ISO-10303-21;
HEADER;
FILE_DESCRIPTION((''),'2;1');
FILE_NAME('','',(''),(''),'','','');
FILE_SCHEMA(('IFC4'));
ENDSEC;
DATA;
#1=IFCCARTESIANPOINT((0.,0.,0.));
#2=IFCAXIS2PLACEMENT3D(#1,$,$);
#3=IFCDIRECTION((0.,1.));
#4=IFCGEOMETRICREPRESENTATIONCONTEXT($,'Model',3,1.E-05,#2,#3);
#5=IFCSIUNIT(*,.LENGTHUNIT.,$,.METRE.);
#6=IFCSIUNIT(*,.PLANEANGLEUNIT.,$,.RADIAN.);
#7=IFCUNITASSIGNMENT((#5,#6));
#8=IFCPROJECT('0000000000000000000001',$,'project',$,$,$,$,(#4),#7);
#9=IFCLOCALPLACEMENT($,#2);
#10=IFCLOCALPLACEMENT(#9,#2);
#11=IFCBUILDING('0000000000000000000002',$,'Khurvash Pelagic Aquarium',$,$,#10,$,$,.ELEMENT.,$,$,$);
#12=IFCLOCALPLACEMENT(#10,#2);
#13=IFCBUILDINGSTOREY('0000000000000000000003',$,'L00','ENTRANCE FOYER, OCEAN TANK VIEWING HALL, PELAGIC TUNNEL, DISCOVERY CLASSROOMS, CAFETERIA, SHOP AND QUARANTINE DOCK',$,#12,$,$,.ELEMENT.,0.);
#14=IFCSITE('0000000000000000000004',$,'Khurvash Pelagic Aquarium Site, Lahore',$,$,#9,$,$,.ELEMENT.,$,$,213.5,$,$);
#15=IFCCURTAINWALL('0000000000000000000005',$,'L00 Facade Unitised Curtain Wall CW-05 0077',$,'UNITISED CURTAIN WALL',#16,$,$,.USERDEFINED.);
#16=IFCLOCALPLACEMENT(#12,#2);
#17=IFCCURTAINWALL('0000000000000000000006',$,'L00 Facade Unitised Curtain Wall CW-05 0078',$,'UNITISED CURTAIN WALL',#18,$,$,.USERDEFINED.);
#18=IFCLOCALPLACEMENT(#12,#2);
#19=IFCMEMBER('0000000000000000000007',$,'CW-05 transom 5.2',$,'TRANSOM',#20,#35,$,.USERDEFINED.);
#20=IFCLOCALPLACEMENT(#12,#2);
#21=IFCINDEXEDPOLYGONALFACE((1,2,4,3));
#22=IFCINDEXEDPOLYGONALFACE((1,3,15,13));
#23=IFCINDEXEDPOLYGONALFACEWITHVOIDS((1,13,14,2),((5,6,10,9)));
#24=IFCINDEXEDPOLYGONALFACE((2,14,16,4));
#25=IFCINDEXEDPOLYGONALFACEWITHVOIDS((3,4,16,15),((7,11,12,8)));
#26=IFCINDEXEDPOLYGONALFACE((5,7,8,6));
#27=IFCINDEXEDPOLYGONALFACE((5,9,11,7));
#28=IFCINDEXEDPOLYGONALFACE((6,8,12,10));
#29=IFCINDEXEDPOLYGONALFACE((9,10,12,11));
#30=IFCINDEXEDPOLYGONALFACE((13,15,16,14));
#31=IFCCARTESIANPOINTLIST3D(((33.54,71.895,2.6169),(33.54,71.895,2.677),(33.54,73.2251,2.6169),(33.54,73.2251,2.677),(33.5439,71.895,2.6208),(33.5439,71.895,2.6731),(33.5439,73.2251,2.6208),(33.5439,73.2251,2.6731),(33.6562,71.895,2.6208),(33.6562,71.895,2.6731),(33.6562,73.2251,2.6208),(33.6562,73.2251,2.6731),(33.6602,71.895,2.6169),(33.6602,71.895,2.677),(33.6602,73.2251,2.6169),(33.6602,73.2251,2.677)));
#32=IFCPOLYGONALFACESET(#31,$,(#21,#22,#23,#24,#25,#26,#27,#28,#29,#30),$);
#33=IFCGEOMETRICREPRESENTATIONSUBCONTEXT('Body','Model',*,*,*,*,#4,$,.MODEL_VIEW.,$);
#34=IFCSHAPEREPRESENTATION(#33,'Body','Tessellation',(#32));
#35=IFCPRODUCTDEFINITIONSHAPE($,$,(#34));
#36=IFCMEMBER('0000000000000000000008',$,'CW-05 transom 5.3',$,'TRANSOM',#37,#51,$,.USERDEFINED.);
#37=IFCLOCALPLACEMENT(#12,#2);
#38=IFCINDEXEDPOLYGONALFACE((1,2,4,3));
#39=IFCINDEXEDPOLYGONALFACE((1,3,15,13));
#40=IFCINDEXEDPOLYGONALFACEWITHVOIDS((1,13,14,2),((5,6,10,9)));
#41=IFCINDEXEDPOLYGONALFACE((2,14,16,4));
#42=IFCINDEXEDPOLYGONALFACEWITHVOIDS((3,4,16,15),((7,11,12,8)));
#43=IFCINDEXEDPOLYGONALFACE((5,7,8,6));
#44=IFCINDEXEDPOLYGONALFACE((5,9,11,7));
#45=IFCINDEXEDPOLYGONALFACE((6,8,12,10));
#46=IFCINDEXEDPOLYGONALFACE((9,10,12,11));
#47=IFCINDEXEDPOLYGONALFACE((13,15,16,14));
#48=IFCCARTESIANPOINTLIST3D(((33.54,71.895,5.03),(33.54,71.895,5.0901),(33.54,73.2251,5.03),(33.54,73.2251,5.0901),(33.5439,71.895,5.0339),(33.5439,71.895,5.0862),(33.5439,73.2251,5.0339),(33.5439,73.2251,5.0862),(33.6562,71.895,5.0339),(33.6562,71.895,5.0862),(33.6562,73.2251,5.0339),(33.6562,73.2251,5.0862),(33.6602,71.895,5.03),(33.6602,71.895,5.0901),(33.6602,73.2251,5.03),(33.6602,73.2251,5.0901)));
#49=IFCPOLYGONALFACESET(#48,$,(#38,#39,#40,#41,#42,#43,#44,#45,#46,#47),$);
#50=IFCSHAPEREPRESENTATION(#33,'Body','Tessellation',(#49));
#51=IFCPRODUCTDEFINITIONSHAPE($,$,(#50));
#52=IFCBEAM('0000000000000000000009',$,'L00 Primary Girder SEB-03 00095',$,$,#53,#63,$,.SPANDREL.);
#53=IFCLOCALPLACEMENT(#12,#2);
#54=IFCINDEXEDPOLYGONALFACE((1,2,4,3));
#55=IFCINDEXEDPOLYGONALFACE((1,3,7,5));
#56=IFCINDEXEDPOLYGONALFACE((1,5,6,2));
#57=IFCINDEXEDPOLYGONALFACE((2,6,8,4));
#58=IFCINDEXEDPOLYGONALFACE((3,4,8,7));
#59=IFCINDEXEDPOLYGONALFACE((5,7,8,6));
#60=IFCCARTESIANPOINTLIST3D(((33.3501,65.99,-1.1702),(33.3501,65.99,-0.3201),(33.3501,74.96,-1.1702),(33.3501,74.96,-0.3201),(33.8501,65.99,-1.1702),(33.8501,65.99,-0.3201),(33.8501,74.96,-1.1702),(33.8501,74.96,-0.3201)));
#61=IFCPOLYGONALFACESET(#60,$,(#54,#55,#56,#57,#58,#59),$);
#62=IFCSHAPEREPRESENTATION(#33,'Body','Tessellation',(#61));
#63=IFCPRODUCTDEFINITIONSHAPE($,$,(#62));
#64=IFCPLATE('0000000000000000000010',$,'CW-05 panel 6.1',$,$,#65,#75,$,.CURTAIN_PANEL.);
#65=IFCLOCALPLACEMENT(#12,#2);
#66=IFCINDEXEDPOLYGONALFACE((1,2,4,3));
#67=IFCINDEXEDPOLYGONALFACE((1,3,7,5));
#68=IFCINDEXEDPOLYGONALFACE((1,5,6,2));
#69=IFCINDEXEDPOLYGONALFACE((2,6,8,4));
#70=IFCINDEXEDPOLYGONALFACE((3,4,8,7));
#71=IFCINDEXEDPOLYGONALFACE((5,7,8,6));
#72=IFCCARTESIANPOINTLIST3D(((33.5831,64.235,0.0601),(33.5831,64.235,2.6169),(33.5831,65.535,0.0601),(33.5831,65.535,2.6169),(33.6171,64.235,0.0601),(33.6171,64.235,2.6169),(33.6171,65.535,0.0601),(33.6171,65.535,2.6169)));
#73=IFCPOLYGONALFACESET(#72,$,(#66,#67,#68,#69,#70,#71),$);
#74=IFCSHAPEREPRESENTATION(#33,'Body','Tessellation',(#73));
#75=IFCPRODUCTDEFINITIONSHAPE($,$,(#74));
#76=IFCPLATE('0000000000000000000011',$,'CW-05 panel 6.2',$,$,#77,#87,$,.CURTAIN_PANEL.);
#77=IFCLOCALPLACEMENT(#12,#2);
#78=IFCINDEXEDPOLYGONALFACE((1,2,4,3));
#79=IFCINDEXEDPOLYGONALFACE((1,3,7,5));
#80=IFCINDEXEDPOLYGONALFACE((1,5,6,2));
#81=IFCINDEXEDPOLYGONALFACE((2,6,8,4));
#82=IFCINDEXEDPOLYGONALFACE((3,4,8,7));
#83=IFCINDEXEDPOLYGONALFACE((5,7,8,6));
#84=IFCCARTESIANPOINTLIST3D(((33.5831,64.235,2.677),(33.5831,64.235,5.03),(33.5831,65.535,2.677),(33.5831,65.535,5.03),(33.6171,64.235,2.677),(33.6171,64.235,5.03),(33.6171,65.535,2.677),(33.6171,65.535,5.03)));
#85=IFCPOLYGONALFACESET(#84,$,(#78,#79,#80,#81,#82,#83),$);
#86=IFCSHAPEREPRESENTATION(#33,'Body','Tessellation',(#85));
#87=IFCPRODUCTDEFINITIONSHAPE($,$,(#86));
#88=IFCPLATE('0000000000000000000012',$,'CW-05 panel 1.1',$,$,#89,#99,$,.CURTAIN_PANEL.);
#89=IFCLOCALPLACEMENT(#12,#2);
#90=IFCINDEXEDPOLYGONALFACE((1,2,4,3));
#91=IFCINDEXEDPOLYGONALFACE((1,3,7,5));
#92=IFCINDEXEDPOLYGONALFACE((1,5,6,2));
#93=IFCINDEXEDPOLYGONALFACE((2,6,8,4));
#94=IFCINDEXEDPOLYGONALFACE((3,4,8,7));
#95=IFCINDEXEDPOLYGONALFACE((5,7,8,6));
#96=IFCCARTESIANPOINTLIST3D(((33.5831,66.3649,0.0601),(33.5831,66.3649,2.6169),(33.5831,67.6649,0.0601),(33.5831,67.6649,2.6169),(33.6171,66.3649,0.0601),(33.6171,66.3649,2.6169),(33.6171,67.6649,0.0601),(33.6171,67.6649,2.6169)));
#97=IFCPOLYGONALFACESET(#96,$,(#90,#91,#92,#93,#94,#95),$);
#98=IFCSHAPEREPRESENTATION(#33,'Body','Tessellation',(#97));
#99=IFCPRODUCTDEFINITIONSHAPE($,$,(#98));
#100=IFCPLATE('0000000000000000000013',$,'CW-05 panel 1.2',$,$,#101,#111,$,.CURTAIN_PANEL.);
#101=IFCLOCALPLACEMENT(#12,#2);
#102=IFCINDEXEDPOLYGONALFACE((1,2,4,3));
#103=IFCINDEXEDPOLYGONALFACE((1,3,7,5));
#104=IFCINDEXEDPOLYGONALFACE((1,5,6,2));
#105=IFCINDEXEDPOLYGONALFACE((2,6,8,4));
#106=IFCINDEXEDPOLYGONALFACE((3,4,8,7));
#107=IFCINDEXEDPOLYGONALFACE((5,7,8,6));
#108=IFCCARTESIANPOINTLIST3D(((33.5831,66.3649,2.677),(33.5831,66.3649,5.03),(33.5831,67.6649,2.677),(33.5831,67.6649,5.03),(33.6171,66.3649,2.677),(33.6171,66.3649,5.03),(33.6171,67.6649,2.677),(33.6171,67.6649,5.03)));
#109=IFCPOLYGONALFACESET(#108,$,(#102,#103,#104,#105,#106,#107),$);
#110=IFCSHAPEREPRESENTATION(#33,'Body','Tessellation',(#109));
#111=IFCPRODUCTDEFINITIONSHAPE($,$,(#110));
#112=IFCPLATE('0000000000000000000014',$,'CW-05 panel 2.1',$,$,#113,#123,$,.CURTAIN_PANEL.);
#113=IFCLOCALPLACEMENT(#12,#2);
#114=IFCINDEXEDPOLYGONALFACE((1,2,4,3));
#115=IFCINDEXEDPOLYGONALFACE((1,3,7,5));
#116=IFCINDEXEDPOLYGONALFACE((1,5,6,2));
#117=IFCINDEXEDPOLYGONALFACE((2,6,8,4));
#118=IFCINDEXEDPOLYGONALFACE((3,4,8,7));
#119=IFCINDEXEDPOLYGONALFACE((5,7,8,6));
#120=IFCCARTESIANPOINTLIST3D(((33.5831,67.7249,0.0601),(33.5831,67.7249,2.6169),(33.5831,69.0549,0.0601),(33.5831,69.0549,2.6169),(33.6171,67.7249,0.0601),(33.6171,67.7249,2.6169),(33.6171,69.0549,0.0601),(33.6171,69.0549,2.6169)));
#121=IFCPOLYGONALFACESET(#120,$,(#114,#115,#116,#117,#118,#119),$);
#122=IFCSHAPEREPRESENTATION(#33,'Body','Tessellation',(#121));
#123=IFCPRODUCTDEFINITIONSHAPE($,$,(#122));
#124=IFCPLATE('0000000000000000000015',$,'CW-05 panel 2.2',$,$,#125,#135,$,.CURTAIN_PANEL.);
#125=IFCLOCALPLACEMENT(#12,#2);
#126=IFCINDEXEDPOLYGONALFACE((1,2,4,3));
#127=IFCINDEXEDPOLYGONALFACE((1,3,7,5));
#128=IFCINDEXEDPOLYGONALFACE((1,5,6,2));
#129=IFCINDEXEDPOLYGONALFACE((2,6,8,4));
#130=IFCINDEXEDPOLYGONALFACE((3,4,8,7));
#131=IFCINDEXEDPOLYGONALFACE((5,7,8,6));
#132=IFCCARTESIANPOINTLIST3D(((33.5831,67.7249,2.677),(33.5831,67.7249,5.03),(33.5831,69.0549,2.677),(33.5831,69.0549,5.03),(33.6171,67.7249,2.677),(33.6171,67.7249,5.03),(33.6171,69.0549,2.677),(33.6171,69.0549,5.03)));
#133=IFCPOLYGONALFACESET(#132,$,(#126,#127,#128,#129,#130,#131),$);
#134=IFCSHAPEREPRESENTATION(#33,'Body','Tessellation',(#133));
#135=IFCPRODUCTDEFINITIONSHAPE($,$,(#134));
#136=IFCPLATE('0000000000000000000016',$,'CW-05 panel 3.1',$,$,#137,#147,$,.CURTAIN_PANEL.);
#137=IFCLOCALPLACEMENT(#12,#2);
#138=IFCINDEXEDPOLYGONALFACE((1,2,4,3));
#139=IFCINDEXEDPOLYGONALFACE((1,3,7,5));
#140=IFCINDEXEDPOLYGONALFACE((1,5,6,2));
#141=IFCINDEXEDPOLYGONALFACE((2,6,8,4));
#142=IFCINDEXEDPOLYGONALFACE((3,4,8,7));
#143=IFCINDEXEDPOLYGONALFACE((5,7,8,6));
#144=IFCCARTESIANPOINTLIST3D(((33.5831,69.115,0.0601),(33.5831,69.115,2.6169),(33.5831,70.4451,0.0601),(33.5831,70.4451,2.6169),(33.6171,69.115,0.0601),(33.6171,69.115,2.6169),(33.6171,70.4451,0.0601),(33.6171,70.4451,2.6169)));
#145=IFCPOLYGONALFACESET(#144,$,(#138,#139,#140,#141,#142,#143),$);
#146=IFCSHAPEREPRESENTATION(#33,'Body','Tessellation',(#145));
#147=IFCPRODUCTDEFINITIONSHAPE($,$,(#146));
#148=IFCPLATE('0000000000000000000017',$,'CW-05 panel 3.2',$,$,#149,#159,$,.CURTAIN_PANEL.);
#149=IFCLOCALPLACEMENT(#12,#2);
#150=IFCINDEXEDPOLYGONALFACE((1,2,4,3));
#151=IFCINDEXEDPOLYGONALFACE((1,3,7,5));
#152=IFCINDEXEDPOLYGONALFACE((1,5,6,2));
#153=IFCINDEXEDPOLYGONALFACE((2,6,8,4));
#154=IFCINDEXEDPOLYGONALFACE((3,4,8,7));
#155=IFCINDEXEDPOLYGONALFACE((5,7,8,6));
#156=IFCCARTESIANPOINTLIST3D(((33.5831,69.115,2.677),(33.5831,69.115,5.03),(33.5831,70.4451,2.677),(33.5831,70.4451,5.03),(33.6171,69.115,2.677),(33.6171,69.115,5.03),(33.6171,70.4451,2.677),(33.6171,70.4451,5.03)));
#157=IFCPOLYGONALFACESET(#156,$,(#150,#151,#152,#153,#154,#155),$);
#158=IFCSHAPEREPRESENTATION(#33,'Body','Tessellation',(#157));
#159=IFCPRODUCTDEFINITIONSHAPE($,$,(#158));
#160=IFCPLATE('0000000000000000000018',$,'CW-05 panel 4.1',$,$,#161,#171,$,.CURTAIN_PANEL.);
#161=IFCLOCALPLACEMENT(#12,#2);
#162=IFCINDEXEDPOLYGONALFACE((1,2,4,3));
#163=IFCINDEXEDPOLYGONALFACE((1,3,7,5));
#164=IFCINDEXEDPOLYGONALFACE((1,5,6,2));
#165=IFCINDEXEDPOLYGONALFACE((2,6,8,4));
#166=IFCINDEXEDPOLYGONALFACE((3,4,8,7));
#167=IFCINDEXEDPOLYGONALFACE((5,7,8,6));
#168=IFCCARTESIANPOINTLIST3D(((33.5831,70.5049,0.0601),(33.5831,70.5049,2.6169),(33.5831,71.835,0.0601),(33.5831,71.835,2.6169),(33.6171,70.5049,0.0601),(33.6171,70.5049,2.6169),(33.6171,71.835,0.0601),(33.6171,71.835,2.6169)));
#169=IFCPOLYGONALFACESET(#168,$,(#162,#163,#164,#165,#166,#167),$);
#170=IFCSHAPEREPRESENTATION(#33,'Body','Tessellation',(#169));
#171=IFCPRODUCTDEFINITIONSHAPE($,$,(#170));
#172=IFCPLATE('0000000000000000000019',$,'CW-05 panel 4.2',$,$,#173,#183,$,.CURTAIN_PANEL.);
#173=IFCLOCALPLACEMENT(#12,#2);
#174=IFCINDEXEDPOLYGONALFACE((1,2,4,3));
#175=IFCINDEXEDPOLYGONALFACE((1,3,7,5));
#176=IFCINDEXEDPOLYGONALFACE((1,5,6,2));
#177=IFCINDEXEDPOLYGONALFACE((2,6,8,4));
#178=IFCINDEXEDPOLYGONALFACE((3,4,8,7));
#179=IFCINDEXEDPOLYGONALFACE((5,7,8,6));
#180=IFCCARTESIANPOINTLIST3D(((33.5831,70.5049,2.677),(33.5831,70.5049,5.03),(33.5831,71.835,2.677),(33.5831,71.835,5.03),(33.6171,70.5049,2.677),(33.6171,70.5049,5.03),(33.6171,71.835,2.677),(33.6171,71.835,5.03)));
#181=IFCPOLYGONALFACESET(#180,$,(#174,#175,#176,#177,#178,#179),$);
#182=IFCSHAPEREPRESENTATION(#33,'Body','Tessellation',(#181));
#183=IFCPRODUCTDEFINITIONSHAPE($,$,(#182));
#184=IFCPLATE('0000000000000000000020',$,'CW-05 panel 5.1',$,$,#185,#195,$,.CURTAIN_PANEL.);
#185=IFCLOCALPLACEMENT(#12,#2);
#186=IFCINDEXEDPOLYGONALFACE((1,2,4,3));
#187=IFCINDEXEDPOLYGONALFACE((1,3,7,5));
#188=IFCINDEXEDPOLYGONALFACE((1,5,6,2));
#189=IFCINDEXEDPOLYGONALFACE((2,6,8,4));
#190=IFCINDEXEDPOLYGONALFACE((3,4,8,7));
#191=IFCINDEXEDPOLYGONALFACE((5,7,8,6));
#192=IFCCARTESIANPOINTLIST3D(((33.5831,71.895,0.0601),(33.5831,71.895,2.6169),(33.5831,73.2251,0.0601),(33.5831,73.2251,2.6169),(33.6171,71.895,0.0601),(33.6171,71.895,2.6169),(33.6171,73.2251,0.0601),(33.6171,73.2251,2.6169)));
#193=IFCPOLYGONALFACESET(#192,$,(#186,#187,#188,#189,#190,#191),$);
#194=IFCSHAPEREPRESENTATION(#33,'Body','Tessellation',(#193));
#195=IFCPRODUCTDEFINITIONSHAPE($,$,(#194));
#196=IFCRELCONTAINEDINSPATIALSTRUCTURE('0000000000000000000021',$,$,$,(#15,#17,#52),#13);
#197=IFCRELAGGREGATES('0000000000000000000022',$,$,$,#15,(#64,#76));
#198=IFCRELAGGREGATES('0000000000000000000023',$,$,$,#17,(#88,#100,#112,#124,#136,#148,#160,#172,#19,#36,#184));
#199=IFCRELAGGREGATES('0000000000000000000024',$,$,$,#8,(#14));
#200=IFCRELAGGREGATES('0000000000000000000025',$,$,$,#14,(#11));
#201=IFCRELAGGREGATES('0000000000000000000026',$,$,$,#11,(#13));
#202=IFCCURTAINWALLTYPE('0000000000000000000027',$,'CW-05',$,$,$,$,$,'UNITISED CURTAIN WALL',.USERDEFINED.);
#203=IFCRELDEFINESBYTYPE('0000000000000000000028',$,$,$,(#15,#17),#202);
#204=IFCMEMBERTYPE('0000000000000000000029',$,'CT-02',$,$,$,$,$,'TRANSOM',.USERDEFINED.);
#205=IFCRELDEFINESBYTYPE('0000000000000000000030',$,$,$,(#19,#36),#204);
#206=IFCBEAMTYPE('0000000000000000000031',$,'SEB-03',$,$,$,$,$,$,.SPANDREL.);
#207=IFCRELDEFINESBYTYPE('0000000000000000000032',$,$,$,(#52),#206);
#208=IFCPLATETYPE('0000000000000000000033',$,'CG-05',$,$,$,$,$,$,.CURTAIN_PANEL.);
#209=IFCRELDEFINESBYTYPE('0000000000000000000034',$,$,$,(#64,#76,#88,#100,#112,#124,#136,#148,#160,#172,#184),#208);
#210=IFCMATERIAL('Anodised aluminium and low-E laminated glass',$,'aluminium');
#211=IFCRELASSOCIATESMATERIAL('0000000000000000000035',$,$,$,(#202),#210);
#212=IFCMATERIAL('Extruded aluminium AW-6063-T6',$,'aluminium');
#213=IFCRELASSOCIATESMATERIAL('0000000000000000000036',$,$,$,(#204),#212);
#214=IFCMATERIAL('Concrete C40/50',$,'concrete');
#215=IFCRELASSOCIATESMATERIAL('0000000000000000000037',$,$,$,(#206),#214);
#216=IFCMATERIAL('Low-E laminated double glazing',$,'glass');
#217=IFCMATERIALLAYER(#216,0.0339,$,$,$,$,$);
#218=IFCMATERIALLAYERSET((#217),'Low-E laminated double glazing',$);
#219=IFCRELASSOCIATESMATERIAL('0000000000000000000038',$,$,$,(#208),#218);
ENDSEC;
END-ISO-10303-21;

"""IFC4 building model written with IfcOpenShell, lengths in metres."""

from ifc_helpers import new_model, si_unit, direction, frame, origin, origin_2d, place, context, subcontext, project, spatial, rectangle, hollow_rectangle, extrude, material, layer, layer_set, material_profile, profile_set, type_object, element, aggregate, save


model = new_model("IFC4")

# Units and contexts
model_context = context("Model", 3, precision=1e-05, world=origin(), true_north=direction((0.0, 1.0)))
body_context = subcontext(model_context, "Body", "Model", "MODEL_VIEW")
ifc_project = project(units=[si_unit("LENGTHUNIT", "METRE"), si_unit("PLANEANGLEUNIT", "RADIAN")], contexts=[model_context])

# Site, building, storey
site_placement = place(None, origin())
site = spatial("IfcSite", under=ifc_project, at=site_placement, Name="Khurvash Pelagic Aquarium Site, Lahore", CompositionType="ELEMENT", RefElevation=213.5)
building_placement = place(site_placement, origin())
building = spatial("IfcBuilding", under=site, at=building_placement, Name="Khurvash Pelagic Aquarium", CompositionType="ELEMENT")
storey_placement = place(building_placement, origin())
storey = spatial("IfcBuildingStorey", under=building, at=storey_placement, Name="L00", Description="ENTRANCE FOYER, OCEAN TANK VIEWING HALL, PELAGIC TUNNEL, DISCOVERY CLASSROOMS, CAFETERIA, SHOP AND QUARANTINE DOCK", CompositionType="ELEMENT", Elevation=0.0)

# Shared definitions
ifc_material_1 = material(Name="Concrete C40/50", Category="concrete")

# Curtain wall
ifc_material_2 = material(Name="Anodised aluminium and low-E laminated glass", Category="aluminium")
curtain_wall_type = type_object("IfcCurtainWallType", Name="CW-05", ElementType="UNITISED CURTAIN WALL", PredefinedType="USERDEFINED", material=ifc_material_2)
curtain_wall_1_placement = place(storey_placement, origin())
curtain_wall_1 = element("IfcCurtainWall", 1, at=curtain_wall_1_placement, inside=storey, type_object=curtain_wall_type, Name="L00 Facade Unitised Curtain Wall CW-05 0077", ObjectType="UNITISED CURTAIN WALL", PredefinedType="USERDEFINED")
ifc_material_3 = material(Name="Extruded aluminium AW-6063-T6", Category="aluminium")

# Curtain wall
curtain_wall_2_placement = place(storey_placement, origin())
curtain_wall_2 = element("IfcCurtainWall", 2, at=curtain_wall_2_placement, inside=storey, type_object=curtain_wall_type, Name="L00 Facade Unitised Curtain Wall CW-05 0078", ObjectType="UNITISED CURTAIN WALL", PredefinedType="USERDEFINED")

# Members
ifc_material_profile_1 = material_profile(ifc_material_3, hollow_rectangle(XDim=0.1201, YDim=0.0601, WallThickness=0.0039, at=origin_2d()), Name="CWT120X60X4")
ifc_profile_set_1 = profile_set([ifc_material_profile_1], Name="Extruded aluminium AW-6063-T6")
member_type_1 = type_object("IfcMemberType", Name="CT-02", ElementType="TRANSOM", PredefinedType="USERDEFINED", material=ifc_profile_set_1)
member_1_placement = place(storey_placement, frame((33.6001, 71.895, 2.647), z_axis=(0.0, 1.0, 0.0), x_axis=(-1.0, 0.0, 0.0)))
member_1 = element("IfcMember", 3, at=member_1_placement, type_object=member_type_1, Name="CW-05 transom 5.2", ObjectType="TRANSOM", PredefinedType="USERDEFINED", context=body_context, shape_type="SweptSolid", body=[
    extrude(hollow_rectangle(XDim=0.1201, YDim=0.0601, WallThickness=0.0039, at=origin_2d()), origin(), (0.0, 0.0, 1.0), 1.3301),
])
member_2_placement = place(storey_placement, frame((33.6001, 71.895, 5.0601), z_axis=(0.0, 1.0, 0.0), x_axis=(-1.0, 0.0, 0.0)))
member_2 = element("IfcMember", 4, at=member_2_placement, type_object=member_type_1, Name="CW-05 transom 5.3", ObjectType="TRANSOM", PredefinedType="USERDEFINED", context=body_context, shape_type="SweptSolid", body=[
    extrude(hollow_rectangle(XDim=0.1201, YDim=0.0601, WallThickness=0.0039, at=origin_2d()), origin(), (0.0, 0.0, 1.0), 1.3301),
])

# Beam
ifc_material_profile_2 = material_profile(ifc_material_1, rectangle(XDim=0.5, YDim=0.8501, at=origin_2d()), Name="RC500X850")
ifc_profile_set_2 = profile_set([ifc_material_profile_2], Name="Concrete C40/50")
beam_type = type_object("IfcBeamType", Name="SEB-03", PredefinedType="SPANDREL", material=ifc_profile_set_2)
beam_placement = place(storey_placement, frame((33.6001, 65.99, -0.7451), z_axis=(0.0, 1.0, 0.0), x_axis=(-1.0, 0.0, 0.0)))
element("IfcBeam", 5, at=beam_placement, inside=storey, type_object=beam_type, Name="L00 Primary Girder SEB-03 00095", PredefinedType="SPANDREL", context=body_context, shape_type="SweptSolid", body=[
    extrude(rectangle(XDim=0.5, YDim=0.8501, at=origin_2d()), origin(), (0.0, 0.0, 1.0), 8.97),
])

# Plates
ifc_material_4 = material(Name="Low-E laminated double glazing", Category="glass")
ifc_layer = layer(ifc_material_4, 0.0339)
ifc_layer_set = layer_set([ifc_layer], Name="Low-E laminated double glazing")
plate_type = type_object("IfcPlateType", Name="CG-05", PredefinedType="CURTAIN_PANEL", material=ifc_layer_set)
plate_1_placement = place(storey_placement, frame((33.6001, 64.885, 0.0601), z_axis=(0.0, 0.0, 1.0), x_axis=(0.0, 1.0, 0.0)))
plate_1 = element("IfcPlate", 6, at=plate_1_placement, type_object=plate_type, Name="CW-05 panel 6.1", PredefinedType="CURTAIN_PANEL", context=body_context, shape_type="SweptSolid", body=[
    extrude(rectangle(XDim=1.3, YDim=0.0339, at=origin_2d()), origin(), (0.0, 0.0, 1.0), 2.5569),
])
plate_2_placement = place(storey_placement, frame((33.6001, 64.885, 2.677), z_axis=(0.0, 0.0, 1.0), x_axis=(0.0, 1.0, 0.0)))
plate_2 = element("IfcPlate", 7, at=plate_2_placement, type_object=plate_type, Name="CW-05 panel 6.2", PredefinedType="CURTAIN_PANEL", context=body_context, shape_type="SweptSolid", body=[
    extrude(rectangle(XDim=1.3, YDim=0.0339, at=origin_2d()), origin(), (0.0, 0.0, 1.0), 2.353),
])
aggregate(curtain_wall_1, [plate_1, plate_2])
plate_3_placement = place(storey_placement, frame((33.6001, 67.0149, 0.0601), z_axis=(0.0, 0.0, 1.0), x_axis=(0.0, 1.0, 0.0)))
plate_3 = element("IfcPlate", 8, at=plate_3_placement, type_object=plate_type, Name="CW-05 panel 1.1", PredefinedType="CURTAIN_PANEL", context=body_context, shape_type="SweptSolid", body=[
    extrude(rectangle(XDim=1.3, YDim=0.0339, at=origin_2d()), origin(), (0.0, 0.0, 1.0), 2.5569),
])
plate_4_placement = place(storey_placement, frame((33.6001, 67.0149, 2.677), z_axis=(0.0, 0.0, 1.0), x_axis=(0.0, 1.0, 0.0)))
plate_4 = element("IfcPlate", 9, at=plate_4_placement, type_object=plate_type, Name="CW-05 panel 1.2", PredefinedType="CURTAIN_PANEL", context=body_context, shape_type="SweptSolid", body=[
    extrude(rectangle(XDim=1.3, YDim=0.0339, at=origin_2d()), origin(), (0.0, 0.0, 1.0), 2.353),
])
plate_5_placement = place(storey_placement, frame((33.6001, 68.3899, 0.0601), z_axis=(0.0, 0.0, 1.0), x_axis=(0.0, 1.0, 0.0)))
plate_5 = element("IfcPlate", 10, at=plate_5_placement, type_object=plate_type, Name="CW-05 panel 2.1", PredefinedType="CURTAIN_PANEL", context=body_context, shape_type="SweptSolid", body=[
    extrude(rectangle(XDim=1.3301, YDim=0.0339, at=origin_2d()), origin(), (0.0, 0.0, 1.0), 2.5569),
])
plate_6_placement = place(storey_placement, frame((33.6001, 68.3899, 2.677), z_axis=(0.0, 0.0, 1.0), x_axis=(0.0, 1.0, 0.0)))
plate_6 = element("IfcPlate", 11, at=plate_6_placement, type_object=plate_type, Name="CW-05 panel 2.2", PredefinedType="CURTAIN_PANEL", context=body_context, shape_type="SweptSolid", body=[
    extrude(rectangle(XDim=1.3301, YDim=0.0339, at=origin_2d()), origin(), (0.0, 0.0, 1.0), 2.353),
])
plate_7_placement = place(storey_placement, frame((33.6001, 69.78, 0.0601), z_axis=(0.0, 0.0, 1.0), x_axis=(0.0, 1.0, 0.0)))
plate_7 = element("IfcPlate", 12, at=plate_7_placement, type_object=plate_type, Name="CW-05 panel 3.1", PredefinedType="CURTAIN_PANEL", context=body_context, shape_type="SweptSolid", body=[
    extrude(rectangle(XDim=1.3301, YDim=0.0339, at=origin_2d()), origin(), (0.0, 0.0, 1.0), 2.5569),
])
plate_8_placement = place(storey_placement, frame((33.6001, 69.78, 2.677), z_axis=(0.0, 0.0, 1.0), x_axis=(0.0, 1.0, 0.0)))
plate_8 = element("IfcPlate", 13, at=plate_8_placement, type_object=plate_type, Name="CW-05 panel 3.2", PredefinedType="CURTAIN_PANEL", context=body_context, shape_type="SweptSolid", body=[
    extrude(rectangle(XDim=1.3301, YDim=0.0339, at=origin_2d()), origin(), (0.0, 0.0, 1.0), 2.353),
])
plate_9_placement = place(storey_placement, frame((33.6001, 71.1699, 0.0601), z_axis=(0.0, 0.0, 1.0), x_axis=(0.0, 1.0, 0.0)))
plate_9 = element("IfcPlate", 14, at=plate_9_placement, type_object=plate_type, Name="CW-05 panel 4.1", PredefinedType="CURTAIN_PANEL", context=body_context, shape_type="SweptSolid", body=[
    extrude(rectangle(XDim=1.3301, YDim=0.0339, at=origin_2d()), origin(), (0.0, 0.0, 1.0), 2.5569),
])
plate_10_placement = place(storey_placement, frame((33.6001, 71.1699, 2.677), z_axis=(0.0, 0.0, 1.0), x_axis=(0.0, 1.0, 0.0)))
plate_10 = element("IfcPlate", 15, at=plate_10_placement, type_object=plate_type, Name="CW-05 panel 4.2", PredefinedType="CURTAIN_PANEL", context=body_context, shape_type="SweptSolid", body=[
    extrude(rectangle(XDim=1.3301, YDim=0.0339, at=origin_2d()), origin(), (0.0, 0.0, 1.0), 2.353),
])
plate_11_placement = place(storey_placement, frame((33.6001, 72.5601, 0.0601), z_axis=(0.0, 0.0, 1.0), x_axis=(0.0, 1.0, 0.0)))
plate_11 = element("IfcPlate", 16, at=plate_11_placement, type_object=plate_type, Name="CW-05 panel 5.1", PredefinedType="CURTAIN_PANEL", context=body_context, shape_type="SweptSolid", body=[
    extrude(rectangle(XDim=1.3301, YDim=0.0339, at=origin_2d()), origin(), (0.0, 0.0, 1.0), 2.5569),
])
aggregate(curtain_wall_2, [plate_3, plate_4, plate_5, plate_6, plate_7, plate_8, plate_9, plate_10, member_1, member_2, plate_11])

save(model, "model.ifc")
